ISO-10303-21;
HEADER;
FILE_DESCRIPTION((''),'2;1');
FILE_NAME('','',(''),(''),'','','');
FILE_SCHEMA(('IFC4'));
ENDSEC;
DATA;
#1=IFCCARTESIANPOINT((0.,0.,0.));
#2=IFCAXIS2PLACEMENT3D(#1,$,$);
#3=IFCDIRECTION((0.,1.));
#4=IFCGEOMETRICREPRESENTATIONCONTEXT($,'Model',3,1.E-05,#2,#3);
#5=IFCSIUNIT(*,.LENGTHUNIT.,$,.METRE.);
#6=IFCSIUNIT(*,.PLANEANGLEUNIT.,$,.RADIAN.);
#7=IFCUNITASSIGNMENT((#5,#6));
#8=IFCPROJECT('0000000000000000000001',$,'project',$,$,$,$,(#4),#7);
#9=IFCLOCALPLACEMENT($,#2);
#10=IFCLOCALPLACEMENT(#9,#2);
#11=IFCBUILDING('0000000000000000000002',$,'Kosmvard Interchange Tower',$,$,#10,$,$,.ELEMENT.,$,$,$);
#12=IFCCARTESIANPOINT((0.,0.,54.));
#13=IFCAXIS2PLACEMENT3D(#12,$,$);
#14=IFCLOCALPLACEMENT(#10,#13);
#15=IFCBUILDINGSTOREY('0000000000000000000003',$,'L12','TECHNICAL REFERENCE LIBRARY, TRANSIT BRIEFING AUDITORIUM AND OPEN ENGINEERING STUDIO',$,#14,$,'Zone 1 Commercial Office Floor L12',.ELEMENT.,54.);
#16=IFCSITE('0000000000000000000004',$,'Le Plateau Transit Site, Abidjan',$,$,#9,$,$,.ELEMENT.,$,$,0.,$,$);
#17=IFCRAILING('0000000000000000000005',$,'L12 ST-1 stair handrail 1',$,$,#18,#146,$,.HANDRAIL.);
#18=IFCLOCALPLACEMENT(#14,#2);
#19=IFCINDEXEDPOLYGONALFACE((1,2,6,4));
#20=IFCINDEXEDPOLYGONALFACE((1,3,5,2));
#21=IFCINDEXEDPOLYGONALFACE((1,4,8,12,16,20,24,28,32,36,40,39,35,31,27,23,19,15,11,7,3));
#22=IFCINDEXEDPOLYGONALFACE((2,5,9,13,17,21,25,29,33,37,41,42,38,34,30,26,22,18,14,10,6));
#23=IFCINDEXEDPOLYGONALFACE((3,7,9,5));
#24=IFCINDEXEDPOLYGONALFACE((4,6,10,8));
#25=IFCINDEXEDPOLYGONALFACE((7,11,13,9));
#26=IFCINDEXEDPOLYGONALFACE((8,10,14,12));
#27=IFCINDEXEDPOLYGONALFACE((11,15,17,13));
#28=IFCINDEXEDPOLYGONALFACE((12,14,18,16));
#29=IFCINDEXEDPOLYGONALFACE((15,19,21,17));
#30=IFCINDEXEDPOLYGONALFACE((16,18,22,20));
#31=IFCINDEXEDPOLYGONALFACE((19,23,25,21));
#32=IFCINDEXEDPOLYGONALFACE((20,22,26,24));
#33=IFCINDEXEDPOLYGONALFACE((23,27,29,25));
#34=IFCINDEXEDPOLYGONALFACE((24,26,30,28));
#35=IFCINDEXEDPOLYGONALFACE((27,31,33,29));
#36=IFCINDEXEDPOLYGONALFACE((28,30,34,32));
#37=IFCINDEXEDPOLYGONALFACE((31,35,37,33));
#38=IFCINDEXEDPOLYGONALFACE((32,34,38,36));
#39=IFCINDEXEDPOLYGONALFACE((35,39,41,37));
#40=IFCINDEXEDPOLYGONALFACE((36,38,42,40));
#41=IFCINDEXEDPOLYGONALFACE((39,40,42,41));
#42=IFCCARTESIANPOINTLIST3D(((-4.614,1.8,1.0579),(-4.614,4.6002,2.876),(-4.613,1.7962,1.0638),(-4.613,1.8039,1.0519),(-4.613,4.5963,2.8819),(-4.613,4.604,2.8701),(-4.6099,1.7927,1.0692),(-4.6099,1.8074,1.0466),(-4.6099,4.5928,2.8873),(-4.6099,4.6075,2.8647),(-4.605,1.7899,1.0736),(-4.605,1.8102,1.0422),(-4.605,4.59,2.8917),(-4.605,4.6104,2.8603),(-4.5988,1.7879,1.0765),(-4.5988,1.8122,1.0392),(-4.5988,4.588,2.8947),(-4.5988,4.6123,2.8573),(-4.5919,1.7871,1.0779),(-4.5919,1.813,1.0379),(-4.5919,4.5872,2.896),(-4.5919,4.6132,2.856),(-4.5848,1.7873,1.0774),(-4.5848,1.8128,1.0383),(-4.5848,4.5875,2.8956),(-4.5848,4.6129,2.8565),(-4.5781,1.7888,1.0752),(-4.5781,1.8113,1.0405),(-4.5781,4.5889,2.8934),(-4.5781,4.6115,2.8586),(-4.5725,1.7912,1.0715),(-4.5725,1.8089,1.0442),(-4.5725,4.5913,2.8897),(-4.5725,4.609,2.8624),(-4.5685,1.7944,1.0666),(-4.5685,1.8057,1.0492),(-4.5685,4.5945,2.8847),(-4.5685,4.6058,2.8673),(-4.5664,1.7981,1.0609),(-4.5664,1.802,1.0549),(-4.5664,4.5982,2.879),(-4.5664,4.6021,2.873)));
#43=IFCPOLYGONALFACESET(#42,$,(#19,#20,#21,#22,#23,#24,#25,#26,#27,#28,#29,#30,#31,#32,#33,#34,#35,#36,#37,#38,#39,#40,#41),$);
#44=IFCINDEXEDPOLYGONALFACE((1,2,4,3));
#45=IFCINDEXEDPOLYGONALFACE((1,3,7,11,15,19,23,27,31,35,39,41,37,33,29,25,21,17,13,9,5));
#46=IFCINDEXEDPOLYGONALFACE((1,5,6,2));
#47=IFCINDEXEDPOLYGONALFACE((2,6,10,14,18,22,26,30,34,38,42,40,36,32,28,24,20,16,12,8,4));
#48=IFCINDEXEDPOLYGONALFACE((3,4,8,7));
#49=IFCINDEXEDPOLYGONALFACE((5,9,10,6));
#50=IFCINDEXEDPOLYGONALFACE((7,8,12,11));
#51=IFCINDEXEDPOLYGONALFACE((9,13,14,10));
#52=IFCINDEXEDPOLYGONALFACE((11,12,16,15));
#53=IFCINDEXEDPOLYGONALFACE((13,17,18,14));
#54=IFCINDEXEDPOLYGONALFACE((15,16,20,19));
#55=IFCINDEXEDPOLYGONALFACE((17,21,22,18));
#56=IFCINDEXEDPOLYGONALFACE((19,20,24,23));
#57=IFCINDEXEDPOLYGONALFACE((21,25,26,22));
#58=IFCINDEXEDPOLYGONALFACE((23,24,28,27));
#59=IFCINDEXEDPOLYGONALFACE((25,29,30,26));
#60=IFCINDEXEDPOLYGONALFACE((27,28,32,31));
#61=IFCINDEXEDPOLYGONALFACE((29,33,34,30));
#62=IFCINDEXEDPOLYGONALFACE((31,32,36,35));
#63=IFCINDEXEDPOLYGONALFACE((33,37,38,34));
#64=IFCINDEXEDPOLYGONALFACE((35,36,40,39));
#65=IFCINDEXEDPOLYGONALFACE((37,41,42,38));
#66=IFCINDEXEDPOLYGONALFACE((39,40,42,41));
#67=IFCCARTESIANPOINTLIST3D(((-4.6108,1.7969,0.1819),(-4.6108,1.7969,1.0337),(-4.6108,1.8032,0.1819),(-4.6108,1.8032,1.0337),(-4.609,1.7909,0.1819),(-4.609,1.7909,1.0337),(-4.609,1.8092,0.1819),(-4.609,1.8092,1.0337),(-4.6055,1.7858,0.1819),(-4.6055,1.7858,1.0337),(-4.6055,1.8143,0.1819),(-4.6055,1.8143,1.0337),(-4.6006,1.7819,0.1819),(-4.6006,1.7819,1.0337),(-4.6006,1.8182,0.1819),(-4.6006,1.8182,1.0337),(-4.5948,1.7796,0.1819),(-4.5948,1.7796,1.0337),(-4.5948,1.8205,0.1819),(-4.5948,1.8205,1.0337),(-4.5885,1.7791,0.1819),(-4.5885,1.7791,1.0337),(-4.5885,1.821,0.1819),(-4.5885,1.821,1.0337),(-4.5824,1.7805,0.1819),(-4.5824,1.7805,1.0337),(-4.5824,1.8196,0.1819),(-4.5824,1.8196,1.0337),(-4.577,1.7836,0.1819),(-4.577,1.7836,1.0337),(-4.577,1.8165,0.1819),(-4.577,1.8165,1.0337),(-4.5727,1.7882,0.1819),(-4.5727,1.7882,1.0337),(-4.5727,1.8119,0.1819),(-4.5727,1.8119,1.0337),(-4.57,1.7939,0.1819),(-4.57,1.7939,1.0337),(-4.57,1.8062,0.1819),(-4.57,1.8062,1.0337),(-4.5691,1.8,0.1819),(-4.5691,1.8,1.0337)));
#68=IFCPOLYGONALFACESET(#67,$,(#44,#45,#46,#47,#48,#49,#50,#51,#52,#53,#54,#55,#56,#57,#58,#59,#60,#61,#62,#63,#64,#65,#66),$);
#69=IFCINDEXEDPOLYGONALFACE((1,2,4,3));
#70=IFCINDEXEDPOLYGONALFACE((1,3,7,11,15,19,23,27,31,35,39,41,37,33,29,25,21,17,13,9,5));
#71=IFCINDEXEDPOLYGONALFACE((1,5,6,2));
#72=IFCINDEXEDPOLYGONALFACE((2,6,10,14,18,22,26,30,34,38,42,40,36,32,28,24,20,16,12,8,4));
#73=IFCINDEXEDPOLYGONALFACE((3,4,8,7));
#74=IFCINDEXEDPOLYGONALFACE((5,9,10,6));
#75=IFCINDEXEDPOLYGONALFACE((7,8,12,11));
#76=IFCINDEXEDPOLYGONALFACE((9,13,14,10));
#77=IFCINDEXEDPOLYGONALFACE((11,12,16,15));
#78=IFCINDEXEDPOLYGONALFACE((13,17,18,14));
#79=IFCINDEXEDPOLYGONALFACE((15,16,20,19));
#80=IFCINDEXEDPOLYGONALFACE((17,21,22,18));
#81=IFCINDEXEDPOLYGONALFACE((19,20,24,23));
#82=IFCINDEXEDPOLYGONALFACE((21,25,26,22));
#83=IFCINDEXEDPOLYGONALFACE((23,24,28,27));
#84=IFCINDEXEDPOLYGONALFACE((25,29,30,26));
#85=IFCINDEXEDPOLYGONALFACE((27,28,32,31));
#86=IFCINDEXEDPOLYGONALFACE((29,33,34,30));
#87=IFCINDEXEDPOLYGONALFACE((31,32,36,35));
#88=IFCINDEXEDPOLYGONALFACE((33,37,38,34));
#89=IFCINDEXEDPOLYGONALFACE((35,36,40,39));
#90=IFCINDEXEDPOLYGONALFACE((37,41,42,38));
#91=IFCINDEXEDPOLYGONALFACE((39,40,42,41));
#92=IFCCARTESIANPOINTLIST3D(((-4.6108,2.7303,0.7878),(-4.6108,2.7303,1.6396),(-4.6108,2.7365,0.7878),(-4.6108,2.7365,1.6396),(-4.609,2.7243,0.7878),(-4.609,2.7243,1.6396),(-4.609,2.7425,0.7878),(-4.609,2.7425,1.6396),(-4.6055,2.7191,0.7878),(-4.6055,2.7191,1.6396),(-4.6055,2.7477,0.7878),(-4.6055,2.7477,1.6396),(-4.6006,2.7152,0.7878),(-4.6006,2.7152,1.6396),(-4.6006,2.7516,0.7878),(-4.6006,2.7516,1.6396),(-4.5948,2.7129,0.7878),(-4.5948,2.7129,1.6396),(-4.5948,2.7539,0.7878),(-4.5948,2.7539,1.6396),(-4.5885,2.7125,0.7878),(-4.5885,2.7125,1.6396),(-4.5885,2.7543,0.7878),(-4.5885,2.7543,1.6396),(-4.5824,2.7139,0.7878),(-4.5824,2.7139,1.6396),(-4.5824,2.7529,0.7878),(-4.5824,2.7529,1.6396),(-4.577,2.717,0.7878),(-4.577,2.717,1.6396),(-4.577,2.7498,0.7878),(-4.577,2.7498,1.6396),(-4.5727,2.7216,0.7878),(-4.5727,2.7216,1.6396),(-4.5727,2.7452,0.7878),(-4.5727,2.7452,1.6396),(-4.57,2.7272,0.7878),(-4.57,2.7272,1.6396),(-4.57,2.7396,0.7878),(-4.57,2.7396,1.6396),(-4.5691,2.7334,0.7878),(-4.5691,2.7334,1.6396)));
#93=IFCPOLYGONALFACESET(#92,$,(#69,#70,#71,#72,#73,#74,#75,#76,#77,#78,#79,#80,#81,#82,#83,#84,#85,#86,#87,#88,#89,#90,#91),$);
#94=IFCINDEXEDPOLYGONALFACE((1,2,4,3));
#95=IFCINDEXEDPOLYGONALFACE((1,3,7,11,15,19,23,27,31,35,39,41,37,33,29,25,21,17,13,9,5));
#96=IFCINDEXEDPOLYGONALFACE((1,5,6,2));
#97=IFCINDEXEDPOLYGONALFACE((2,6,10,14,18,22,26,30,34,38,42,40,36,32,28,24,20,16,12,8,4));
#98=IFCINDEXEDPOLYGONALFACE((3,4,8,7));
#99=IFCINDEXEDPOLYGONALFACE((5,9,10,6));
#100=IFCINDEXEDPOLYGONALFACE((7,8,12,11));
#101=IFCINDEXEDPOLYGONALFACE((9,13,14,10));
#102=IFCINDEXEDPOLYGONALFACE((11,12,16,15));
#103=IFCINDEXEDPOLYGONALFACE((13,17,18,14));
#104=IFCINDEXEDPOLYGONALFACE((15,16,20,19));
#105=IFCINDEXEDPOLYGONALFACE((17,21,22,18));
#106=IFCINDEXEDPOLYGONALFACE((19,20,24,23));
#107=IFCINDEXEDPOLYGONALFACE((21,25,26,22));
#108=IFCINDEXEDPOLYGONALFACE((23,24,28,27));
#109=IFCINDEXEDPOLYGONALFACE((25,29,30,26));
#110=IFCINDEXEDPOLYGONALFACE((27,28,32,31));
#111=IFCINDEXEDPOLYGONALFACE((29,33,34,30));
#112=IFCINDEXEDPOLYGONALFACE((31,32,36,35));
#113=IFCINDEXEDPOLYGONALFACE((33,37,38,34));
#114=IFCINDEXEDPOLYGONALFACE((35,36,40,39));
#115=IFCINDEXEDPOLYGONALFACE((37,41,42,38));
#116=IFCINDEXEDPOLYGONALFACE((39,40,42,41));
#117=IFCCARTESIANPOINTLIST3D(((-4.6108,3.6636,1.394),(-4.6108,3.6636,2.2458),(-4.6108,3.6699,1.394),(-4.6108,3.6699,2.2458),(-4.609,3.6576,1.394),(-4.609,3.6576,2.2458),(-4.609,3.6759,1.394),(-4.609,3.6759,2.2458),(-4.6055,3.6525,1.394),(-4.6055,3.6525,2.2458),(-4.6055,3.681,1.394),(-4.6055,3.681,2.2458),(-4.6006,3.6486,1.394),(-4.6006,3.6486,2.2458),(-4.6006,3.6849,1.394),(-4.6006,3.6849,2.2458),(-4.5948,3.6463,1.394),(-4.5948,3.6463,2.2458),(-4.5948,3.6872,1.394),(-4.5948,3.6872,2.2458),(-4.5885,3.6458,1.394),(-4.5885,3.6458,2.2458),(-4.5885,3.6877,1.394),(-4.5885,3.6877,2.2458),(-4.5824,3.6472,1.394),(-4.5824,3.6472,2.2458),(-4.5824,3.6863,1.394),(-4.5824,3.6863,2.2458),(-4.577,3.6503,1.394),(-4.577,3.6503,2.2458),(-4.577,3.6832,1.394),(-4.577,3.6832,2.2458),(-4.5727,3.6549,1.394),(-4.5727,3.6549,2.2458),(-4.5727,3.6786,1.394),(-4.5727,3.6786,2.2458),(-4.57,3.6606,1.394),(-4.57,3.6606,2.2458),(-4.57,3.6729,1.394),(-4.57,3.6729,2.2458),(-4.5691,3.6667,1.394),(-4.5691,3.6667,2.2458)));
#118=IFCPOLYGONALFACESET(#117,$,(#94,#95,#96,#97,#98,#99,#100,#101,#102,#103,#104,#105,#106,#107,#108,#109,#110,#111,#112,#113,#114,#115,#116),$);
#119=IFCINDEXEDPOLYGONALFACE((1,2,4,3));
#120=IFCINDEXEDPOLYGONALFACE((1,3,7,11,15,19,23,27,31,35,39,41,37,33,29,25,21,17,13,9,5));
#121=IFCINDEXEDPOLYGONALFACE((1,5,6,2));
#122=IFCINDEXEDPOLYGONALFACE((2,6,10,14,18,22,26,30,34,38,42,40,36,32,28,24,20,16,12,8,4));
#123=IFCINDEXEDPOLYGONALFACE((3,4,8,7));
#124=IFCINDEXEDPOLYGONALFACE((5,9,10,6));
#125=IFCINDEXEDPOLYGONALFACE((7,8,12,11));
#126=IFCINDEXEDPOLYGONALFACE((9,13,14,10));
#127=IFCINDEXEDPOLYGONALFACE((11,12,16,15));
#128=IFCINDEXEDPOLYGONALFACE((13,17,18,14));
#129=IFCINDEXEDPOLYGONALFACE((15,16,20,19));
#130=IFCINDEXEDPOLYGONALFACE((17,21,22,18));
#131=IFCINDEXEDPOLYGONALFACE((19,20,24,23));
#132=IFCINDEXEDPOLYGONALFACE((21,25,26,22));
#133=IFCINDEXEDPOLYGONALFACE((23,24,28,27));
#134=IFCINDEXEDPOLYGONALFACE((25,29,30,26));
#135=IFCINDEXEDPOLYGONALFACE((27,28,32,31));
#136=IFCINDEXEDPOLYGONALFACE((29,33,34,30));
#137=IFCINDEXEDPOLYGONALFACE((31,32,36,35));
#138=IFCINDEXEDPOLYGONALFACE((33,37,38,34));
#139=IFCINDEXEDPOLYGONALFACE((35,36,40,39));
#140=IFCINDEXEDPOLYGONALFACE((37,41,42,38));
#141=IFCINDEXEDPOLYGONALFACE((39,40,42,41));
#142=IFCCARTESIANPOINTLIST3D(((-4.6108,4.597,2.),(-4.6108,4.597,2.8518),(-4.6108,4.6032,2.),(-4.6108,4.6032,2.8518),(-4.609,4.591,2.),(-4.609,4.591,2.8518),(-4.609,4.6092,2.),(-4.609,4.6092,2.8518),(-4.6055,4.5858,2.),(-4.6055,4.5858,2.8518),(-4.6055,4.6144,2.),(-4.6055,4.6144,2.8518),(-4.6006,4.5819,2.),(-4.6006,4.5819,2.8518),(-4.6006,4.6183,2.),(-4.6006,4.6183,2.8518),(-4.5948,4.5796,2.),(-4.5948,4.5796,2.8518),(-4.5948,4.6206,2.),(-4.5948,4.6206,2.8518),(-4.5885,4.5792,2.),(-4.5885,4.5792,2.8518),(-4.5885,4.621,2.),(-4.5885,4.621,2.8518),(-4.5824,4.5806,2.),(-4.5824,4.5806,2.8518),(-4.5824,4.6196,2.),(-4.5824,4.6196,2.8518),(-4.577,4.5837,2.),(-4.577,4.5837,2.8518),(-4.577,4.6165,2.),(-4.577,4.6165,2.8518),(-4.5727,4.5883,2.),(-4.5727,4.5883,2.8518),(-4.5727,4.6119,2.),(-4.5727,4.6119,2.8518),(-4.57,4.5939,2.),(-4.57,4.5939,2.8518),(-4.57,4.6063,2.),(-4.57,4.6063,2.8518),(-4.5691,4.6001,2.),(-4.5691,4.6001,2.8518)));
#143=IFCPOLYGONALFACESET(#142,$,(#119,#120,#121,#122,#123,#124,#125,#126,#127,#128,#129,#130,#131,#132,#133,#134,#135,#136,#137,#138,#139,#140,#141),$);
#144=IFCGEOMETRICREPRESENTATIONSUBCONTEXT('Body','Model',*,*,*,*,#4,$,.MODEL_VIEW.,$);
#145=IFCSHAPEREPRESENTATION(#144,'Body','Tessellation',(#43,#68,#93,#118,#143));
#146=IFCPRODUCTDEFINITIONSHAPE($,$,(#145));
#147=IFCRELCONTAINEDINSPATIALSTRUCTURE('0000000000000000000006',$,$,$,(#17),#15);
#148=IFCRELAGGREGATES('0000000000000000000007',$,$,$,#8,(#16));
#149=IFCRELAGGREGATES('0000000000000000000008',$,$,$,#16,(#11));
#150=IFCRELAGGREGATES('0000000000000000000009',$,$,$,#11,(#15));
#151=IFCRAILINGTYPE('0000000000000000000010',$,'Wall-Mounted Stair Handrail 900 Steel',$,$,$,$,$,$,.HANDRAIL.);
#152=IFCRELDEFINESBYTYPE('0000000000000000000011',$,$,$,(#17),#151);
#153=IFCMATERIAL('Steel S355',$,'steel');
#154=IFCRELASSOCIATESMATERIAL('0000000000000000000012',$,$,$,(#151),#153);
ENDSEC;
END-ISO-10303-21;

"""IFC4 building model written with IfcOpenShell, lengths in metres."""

from ifc_helpers import new_model, si_unit, direction, frame, origin, origin_2d, place, context, subcontext, project, spatial, circle, extrude, source, transform, mapped, material, type_object, element, save


model = new_model("IFC4")

# Units and contexts
model_context = context("Model", 3, precision=1e-05, world=origin(), true_north=direction((0.0, 1.0)))
body_context = subcontext(model_context, "Body", "Model", "MODEL_VIEW")
ifc_project = project(units=[si_unit("LENGTHUNIT", "METRE"), si_unit("PLANEANGLEUNIT", "RADIAN")], contexts=[model_context])

# Site, building, storey
site_placement = place(None, origin())
site = spatial("IfcSite", under=ifc_project, at=site_placement, Name="Le Plateau Transit Site, Abidjan", CompositionType="ELEMENT", RefElevation=0.0)
building_placement = place(site_placement, origin())
building = spatial("IfcBuilding", under=site, at=building_placement, Name="Kosmvard Interchange Tower", CompositionType="ELEMENT")
storey_placement = place(building_placement, frame((0.0, 0.0, 54.0)))
storey = spatial("IfcBuildingStorey", under=building, at=storey_placement, Name="L12", Description="TECHNICAL REFERENCE LIBRARY, TRANSIT BRIEFING AUDITORIUM AND OPEN ENGINEERING STUDIO", LongName="Zone 1 Commercial Office Floor L12", CompositionType="ELEMENT", Elevation=54.0)

# Shared definitions
ifc_material_1 = material(Name="Steel S355", Category="steel")

# Railing
railing_type_1 = type_object("IfcRailingType", Name="Wall-Mounted Stair Handrail 900 Steel", PredefinedType="HANDRAIL", material=ifc_material_1)
shared_shape_1 = source(origin(), body_context, "Body", "SweptSolid", [
    extrude(circle(Radius=0.0239, at=origin_2d()), frame((0.0, 0.0, 0.876), z_axis=(0.0, 0.838706, 0.544585), x_axis=(-1.0, 0.0, 0.0)), (0.0, 0.0, 1.0), 3.3386),
    extrude(circle(Radius=0.021, at=origin_2d()), origin(), (0.0, 0.0, 1.0), 0.8518),
    extrude(circle(Radius=0.021, at=origin_2d()), frame((0.0, 0.9333, 0.606)), (0.0, 0.0, 1.0), 0.8518),
    extrude(circle(Radius=0.021, at=origin_2d()), frame((0.0, 1.8667, 1.2122)), (0.0, 0.0, 1.0), 0.8518),
    extrude(circle(Radius=0.021, at=origin_2d()), frame((0.0, 2.8, 1.8181)), (0.0, 0.0, 1.0), 0.8518),
])
railing_1_placement = place(storey_placement, frame((-4.5901, 1.8, 0.1819)))
element("IfcRailing", 1, at=railing_1_placement, inside=storey, type_object=railing_type_1, Name="L12 ST-1 stair handrail 1", PredefinedType="HANDRAIL", context=body_context, shape_type="MappedRepresentation", body=[
    mapped(shared_shape_1, transform((0.0, 0.0, 0.0), scale=1.0)),
])

save(model, "model.ifc")
